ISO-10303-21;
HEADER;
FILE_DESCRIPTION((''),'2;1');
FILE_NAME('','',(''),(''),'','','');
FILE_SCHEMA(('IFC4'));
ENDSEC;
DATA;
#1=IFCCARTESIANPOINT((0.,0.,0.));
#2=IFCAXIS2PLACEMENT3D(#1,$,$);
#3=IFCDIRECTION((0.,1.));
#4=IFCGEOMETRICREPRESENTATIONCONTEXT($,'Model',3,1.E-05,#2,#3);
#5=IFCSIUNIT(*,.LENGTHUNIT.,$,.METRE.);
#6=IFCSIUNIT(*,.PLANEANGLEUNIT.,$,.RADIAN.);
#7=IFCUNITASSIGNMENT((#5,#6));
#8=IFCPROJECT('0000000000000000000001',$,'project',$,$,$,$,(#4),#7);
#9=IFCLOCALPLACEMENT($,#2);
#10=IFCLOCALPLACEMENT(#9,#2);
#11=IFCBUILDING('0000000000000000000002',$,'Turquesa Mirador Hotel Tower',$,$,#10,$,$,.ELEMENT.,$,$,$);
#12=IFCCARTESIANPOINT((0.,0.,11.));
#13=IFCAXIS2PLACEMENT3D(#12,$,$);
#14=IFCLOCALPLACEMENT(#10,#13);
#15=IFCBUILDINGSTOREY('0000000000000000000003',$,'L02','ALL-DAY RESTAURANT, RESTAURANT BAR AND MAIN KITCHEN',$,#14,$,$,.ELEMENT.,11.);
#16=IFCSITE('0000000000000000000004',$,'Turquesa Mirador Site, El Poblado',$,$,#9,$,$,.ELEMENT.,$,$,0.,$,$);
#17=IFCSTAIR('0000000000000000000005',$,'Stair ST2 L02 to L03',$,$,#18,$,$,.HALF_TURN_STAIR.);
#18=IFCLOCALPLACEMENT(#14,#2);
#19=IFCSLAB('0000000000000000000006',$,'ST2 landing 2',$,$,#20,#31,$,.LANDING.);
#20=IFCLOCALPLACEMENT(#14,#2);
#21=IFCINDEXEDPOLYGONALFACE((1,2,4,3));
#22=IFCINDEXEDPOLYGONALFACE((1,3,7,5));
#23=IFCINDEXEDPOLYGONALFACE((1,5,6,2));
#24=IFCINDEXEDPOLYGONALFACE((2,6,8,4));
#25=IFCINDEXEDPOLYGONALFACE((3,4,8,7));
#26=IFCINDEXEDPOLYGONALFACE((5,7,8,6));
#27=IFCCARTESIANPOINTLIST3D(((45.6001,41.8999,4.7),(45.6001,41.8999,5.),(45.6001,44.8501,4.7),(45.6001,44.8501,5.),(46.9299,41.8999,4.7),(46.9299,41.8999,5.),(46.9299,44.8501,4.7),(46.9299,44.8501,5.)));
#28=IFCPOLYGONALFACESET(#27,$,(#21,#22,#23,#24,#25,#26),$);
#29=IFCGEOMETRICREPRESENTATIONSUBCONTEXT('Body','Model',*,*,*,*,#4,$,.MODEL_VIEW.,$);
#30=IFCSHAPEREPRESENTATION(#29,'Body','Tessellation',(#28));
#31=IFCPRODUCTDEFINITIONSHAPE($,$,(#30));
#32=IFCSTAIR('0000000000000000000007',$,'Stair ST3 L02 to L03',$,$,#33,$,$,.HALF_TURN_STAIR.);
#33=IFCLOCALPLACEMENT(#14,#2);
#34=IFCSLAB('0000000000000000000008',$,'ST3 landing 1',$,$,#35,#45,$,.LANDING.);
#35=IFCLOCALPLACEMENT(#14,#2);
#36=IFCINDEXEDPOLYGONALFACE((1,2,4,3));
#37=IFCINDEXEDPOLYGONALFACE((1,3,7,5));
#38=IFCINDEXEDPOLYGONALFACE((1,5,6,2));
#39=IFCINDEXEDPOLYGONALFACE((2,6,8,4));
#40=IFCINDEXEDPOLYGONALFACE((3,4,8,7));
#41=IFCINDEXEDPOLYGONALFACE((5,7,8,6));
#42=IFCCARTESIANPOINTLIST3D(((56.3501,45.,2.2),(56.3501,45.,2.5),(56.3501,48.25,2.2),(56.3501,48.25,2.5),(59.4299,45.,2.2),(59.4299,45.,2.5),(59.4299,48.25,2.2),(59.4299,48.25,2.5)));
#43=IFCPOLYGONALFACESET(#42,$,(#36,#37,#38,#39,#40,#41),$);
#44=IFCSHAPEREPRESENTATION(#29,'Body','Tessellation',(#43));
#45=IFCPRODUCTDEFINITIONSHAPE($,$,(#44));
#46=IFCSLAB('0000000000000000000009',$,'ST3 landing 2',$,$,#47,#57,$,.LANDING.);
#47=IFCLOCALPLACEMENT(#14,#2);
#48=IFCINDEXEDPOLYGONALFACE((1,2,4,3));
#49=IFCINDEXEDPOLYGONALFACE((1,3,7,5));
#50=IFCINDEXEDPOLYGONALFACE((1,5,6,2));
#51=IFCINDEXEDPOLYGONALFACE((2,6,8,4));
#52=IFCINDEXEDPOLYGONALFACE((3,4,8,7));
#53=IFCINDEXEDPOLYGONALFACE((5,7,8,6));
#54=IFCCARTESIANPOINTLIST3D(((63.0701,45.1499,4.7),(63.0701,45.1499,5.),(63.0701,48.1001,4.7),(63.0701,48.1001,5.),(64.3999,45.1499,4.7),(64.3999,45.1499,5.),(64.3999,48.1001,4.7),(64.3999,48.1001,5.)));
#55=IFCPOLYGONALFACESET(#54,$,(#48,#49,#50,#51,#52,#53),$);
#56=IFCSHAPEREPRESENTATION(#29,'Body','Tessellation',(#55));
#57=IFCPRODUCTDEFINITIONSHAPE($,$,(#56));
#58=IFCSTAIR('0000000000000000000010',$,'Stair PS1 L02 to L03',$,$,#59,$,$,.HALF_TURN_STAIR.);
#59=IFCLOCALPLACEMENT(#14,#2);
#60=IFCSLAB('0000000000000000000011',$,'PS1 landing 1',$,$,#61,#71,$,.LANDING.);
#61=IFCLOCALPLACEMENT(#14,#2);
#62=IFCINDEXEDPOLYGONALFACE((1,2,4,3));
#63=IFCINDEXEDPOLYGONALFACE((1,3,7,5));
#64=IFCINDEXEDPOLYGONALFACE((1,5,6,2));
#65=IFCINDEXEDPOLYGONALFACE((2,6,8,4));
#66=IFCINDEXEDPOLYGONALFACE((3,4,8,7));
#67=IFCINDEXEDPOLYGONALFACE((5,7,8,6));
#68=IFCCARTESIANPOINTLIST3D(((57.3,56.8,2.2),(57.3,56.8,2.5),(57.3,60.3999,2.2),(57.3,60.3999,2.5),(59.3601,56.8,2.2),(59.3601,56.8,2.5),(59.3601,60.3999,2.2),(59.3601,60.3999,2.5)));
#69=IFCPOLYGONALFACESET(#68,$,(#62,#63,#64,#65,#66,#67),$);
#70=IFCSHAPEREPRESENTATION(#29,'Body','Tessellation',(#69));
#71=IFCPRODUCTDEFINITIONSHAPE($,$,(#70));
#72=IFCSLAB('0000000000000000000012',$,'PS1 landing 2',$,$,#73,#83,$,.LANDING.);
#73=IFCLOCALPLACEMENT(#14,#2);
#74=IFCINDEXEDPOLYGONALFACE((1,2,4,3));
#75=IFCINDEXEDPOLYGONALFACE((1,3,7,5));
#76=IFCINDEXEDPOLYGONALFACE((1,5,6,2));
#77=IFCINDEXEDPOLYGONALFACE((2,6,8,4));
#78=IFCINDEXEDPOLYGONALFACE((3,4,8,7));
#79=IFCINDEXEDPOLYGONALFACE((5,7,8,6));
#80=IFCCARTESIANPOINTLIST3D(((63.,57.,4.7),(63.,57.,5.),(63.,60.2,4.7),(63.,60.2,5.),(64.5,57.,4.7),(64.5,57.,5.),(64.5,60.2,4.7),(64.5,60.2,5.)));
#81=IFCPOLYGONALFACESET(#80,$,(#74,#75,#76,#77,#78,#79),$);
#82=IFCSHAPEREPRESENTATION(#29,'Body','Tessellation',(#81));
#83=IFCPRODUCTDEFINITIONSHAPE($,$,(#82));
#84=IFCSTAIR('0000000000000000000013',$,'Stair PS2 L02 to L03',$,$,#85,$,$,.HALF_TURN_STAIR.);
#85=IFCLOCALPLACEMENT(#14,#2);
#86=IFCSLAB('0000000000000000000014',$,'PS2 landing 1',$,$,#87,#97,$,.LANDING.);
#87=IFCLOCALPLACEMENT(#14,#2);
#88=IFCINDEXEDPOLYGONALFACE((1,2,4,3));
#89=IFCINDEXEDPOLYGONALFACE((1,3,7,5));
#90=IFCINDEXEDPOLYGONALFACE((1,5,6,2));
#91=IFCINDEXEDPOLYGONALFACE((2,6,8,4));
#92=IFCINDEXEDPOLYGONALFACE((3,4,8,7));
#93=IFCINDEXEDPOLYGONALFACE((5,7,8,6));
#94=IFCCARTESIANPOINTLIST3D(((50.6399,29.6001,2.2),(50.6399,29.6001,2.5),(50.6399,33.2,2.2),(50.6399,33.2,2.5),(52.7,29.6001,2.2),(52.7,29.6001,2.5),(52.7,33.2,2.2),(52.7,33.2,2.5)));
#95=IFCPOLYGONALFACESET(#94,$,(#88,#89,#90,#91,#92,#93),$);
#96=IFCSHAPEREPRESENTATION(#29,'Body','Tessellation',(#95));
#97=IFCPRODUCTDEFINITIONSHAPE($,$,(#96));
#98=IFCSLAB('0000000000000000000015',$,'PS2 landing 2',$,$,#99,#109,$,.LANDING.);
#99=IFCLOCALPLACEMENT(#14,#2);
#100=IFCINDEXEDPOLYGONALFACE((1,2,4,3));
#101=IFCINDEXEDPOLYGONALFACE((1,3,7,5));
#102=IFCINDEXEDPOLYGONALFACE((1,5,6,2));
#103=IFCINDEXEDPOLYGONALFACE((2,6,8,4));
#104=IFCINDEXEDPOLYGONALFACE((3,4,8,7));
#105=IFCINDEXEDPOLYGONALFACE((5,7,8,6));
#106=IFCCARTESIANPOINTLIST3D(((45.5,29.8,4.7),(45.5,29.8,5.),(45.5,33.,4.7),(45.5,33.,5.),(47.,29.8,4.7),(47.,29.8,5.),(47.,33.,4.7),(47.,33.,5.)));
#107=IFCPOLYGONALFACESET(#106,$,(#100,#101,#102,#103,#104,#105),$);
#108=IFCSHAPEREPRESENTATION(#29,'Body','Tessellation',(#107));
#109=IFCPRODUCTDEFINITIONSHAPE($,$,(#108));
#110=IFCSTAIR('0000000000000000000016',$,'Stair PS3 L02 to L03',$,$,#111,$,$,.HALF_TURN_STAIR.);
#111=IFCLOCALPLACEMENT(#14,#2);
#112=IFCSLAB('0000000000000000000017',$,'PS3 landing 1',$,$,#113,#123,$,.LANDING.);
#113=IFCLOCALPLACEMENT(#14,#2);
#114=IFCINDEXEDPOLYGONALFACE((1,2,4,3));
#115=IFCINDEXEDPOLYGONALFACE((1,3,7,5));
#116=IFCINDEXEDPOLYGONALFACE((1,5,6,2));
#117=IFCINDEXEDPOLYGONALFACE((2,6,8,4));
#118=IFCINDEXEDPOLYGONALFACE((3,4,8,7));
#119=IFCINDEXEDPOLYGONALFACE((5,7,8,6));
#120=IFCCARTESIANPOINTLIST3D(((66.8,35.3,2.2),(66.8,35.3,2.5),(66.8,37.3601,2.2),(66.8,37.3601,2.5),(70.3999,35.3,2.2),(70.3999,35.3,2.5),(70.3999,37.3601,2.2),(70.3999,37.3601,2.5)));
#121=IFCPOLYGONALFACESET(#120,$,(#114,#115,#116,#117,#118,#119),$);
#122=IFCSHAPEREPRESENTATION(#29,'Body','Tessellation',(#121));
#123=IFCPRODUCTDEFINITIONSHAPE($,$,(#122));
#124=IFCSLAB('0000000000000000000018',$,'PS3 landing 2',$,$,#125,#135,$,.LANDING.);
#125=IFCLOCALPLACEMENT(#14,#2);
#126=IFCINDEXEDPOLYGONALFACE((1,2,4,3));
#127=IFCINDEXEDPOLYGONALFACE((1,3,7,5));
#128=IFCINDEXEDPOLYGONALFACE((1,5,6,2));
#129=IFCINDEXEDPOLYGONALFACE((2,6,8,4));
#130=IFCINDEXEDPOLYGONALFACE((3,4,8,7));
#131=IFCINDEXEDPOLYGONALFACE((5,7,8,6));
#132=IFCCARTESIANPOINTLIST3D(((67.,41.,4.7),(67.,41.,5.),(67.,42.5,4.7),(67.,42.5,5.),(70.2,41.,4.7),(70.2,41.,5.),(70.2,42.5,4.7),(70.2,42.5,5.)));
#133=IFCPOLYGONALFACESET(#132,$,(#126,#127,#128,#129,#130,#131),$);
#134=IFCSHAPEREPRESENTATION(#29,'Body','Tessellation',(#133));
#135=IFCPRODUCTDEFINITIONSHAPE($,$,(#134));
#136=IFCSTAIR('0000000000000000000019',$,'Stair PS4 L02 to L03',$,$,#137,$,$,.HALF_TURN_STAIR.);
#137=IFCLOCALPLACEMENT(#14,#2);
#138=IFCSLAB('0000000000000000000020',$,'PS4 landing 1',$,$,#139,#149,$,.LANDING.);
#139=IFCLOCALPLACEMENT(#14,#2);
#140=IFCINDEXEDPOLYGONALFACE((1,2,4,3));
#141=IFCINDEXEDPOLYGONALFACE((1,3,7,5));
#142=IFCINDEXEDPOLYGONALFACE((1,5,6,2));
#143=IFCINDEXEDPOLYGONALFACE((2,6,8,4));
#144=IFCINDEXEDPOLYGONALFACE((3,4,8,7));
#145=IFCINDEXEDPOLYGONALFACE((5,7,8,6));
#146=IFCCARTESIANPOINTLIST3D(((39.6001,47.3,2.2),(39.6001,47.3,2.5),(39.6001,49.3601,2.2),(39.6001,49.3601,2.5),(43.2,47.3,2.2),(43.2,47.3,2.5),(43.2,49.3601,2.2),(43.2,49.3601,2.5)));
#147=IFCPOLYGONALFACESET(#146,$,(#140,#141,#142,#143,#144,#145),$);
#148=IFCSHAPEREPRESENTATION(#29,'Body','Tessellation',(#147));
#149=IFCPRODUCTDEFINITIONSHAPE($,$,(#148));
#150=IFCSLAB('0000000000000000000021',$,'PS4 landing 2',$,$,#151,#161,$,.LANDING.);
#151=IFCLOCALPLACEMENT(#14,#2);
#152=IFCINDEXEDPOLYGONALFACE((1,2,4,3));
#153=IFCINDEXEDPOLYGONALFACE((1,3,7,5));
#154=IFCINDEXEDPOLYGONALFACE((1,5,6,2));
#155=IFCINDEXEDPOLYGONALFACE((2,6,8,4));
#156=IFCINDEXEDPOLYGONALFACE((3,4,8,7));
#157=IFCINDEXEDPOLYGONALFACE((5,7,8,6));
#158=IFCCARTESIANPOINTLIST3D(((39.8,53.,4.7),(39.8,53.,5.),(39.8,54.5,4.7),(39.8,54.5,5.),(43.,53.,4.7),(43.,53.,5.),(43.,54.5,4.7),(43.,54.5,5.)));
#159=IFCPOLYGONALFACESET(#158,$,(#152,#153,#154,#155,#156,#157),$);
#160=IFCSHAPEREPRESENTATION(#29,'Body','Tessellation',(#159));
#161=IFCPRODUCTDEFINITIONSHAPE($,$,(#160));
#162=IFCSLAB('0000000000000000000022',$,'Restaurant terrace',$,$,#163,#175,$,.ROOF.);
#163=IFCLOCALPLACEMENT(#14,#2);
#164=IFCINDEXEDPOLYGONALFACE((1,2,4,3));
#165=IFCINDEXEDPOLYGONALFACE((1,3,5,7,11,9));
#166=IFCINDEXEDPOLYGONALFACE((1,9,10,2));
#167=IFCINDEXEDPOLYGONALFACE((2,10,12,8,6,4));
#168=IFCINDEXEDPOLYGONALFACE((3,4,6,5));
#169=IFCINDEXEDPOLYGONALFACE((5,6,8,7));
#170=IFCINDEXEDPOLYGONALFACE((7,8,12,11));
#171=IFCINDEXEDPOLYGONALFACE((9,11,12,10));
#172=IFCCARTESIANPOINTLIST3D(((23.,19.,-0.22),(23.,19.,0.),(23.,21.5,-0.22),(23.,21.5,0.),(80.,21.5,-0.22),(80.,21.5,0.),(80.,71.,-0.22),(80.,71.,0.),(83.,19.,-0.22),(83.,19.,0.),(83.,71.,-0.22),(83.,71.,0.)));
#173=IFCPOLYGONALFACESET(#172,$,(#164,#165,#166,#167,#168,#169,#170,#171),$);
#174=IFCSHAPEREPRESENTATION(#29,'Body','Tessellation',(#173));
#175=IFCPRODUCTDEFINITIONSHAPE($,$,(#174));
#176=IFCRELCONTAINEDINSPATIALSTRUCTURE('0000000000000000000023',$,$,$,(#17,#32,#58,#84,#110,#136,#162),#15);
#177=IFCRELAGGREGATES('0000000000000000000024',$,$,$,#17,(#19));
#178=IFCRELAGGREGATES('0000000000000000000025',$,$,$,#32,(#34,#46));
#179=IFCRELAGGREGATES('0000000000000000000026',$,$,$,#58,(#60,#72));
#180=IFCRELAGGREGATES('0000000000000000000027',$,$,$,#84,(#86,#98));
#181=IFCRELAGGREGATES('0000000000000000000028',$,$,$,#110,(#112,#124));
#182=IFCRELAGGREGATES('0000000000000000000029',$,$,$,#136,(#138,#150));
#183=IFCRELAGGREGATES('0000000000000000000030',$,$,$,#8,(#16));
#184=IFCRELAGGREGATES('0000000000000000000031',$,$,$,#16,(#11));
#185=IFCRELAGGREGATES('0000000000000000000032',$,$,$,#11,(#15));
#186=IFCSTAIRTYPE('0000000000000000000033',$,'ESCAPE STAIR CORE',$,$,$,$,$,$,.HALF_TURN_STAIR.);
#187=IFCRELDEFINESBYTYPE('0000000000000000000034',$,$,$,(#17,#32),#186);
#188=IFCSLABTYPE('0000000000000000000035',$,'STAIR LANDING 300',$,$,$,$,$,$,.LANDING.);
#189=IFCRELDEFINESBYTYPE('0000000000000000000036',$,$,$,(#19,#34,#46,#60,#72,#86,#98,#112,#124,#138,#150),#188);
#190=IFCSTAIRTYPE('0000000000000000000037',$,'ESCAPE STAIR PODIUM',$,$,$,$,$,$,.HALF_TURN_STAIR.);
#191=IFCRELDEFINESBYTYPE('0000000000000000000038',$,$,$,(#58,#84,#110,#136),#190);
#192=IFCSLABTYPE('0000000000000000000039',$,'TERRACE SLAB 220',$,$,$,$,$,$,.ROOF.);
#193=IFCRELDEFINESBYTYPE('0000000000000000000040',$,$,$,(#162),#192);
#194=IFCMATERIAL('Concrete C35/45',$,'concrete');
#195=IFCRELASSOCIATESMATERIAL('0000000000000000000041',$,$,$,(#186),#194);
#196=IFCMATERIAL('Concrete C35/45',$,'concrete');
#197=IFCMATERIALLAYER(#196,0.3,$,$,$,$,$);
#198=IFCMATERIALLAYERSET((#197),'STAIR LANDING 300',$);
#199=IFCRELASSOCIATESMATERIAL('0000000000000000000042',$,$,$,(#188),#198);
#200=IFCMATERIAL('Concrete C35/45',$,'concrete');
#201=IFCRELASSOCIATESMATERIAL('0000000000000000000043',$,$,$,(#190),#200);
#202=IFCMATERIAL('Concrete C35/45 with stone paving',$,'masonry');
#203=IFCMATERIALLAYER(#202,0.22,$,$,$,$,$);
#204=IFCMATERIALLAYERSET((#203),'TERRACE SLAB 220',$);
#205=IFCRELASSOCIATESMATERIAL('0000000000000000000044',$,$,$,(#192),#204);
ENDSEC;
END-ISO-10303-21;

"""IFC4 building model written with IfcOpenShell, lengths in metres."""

from ifc_helpers import new_model, si_unit, direction, frame, origin, place, context, subcontext, project, spatial, polyline, outline, extrude, material, layer, layer_set, type_object, element, aggregate, save


model = new_model("IFC4")

# Units and contexts
model_context = context("Model", 3, precision=1e-05, world=origin(), true_north=direction((0.0, 1.0)))
body_context = subcontext(model_context, "Body", "Model", "MODEL_VIEW")
ifc_project = project(units=[si_unit("LENGTHUNIT", "METRE"), si_unit("PLANEANGLEUNIT", "RADIAN")], contexts=[model_context])

# Site, building, storey
site_placement = place(None, origin())
site = spatial("IfcSite", under=ifc_project, at=site_placement, Name="Turquesa Mirador Site, El Poblado", CompositionType="ELEMENT", RefElevation=0.0)
building_placement = place(site_placement, origin())
building = spatial("IfcBuilding", under=site, at=building_placement, Name="Turquesa Mirador Hotel Tower", CompositionType="ELEMENT")
storey_placement = place(building_placement, frame((0.0, 0.0, 11.0)))
storey = spatial("IfcBuildingStorey", under=building, at=storey_placement, Name="L02", Description="ALL-DAY RESTAURANT, RESTAURANT BAR AND MAIN KITCHEN", CompositionType="ELEMENT", Elevation=11.0)

# Stairs, slabs
ifc_material_1 = material(Name="Concrete C35/45", Category="concrete")
stair_type_1 = type_object("IfcStairType", Name="ESCAPE STAIR CORE", PredefinedType="HALF_TURN_STAIR", material=ifc_material_1)
ifc_material_2 = material(Name="Concrete C35/45", Category="concrete")
ifc_layer_1 = layer(ifc_material_2, 0.3)
ifc_layer_set_1 = layer_set([ifc_layer_1], Name="STAIR LANDING 300")
slab_type_1 = type_object("IfcSlabType", Name="STAIR LANDING 300", PredefinedType="LANDING", material=ifc_layer_set_1)
stair_1_placement = place(storey_placement, origin())
stair_1 = element("IfcStair", 1, at=stair_1_placement, inside=storey, type_object=stair_type_1, Name="Stair ST2 L02 to L03", PredefinedType="HALF_TURN_STAIR")
slab_1_placement = place(storey_placement, frame((0.0, 0.0, 4.7)))
slab_1 = element("IfcSlab", 2, at=slab_1_placement, type_object=slab_type_1, Name="ST2 landing 2", PredefinedType="LANDING", context=body_context, shape_type="SweptSolid", body=[
    extrude(outline(polyline([(46.9299, 44.8501), (45.6001, 44.8501), (45.6001, 41.8999), (46.9299, 41.8999), (46.9299, 44.8501)])), origin(), (0.0, 0.0, 1.0), 0.3),
])
aggregate(stair_1, [slab_1])
stair_2_placement = place(storey_placement, origin())
stair_2 = element("IfcStair", 3, at=stair_2_placement, inside=storey, type_object=stair_type_1, Name="Stair ST3 L02 to L03", PredefinedType="HALF_TURN_STAIR")
slab_2_placement = place(storey_placement, frame((0.0, 0.0, 2.2)))
slab_2 = element("IfcSlab", 4, at=slab_2_placement, type_object=slab_type_1, Name="ST3 landing 1", PredefinedType="LANDING", context=body_context, shape_type="SweptSolid", body=[
    extrude(outline(polyline([(56.3501, 45.0), (59.4299, 45.0), (59.4299, 48.25), (56.3501, 48.25), (56.3501, 45.0)])), origin(), (0.0, 0.0, 1.0), 0.3),
])
slab_3_placement = place(storey_placement, frame((0.0, 0.0, 4.7)))
slab_3 = element("IfcSlab", 5, at=slab_3_placement, type_object=slab_type_1, Name="ST3 landing 2", PredefinedType="LANDING", context=body_context, shape_type="SweptSolid", body=[
    extrude(outline(polyline([(63.0701, 45.1499), (64.3999, 45.1499), (64.3999, 48.1001), (63.0701, 48.1001), (63.0701, 45.1499)])), origin(), (0.0, 0.0, 1.0), 0.3),
])
aggregate(stair_2, [slab_2, slab_3])
ifc_material_3 = material(Name="Concrete C35/45", Category="concrete")
stair_type_2 = type_object("IfcStairType", Name="ESCAPE STAIR PODIUM", PredefinedType="HALF_TURN_STAIR", material=ifc_material_3)
stair_3_placement = place(storey_placement, origin())
stair_3 = element("IfcStair", 6, at=stair_3_placement, inside=storey, type_object=stair_type_2, Name="Stair PS1 L02 to L03", PredefinedType="HALF_TURN_STAIR")
slab_4_placement = place(storey_placement, frame((0.0, 0.0, 2.2)))
slab_4 = element("IfcSlab", 7, at=slab_4_placement, type_object=slab_type_1, Name="PS1 landing 1", PredefinedType="LANDING", context=body_context, shape_type="SweptSolid", body=[
    extrude(outline(polyline([(57.3, 56.8), (59.3601, 56.8), (59.3601, 60.3999), (57.3, 60.3999), (57.3, 56.8)])), origin(), (0.0, 0.0, 1.0), 0.3),
])
slab_5_placement = place(storey_placement, frame((0.0, 0.0, 4.7)))
slab_5 = element("IfcSlab", 8, at=slab_5_placement, type_object=slab_type_1, Name="PS1 landing 2", PredefinedType="LANDING", context=body_context, shape_type="SweptSolid", body=[
    extrude(outline(polyline([(63.0, 57.0), (64.5, 57.0), (64.5, 60.2), (63.0, 60.2), (63.0, 57.0)])), origin(), (0.0, 0.0, 1.0), 0.3),
])
aggregate(stair_3, [slab_4, slab_5])
stair_4_placement = place(storey_placement, origin())
stair_4 = element("IfcStair", 9, at=stair_4_placement, inside=storey, type_object=stair_type_2, Name="Stair PS2 L02 to L03", PredefinedType="HALF_TURN_STAIR")
slab_6_placement = place(storey_placement, frame((0.0, 0.0, 2.2)))
slab_6 = element("IfcSlab", 10, at=slab_6_placement, type_object=slab_type_1, Name="PS2 landing 1", PredefinedType="LANDING", context=body_context, shape_type="SweptSolid", body=[
    extrude(outline(polyline([(52.7, 33.2), (50.6399, 33.2), (50.6399, 29.6001), (52.7, 29.6001), (52.7, 33.2)])), origin(), (0.0, 0.0, 1.0), 0.3),
])
slab_7_placement = place(storey_placement, frame((0.0, 0.0, 4.7)))
slab_7 = element("IfcSlab", 11, at=slab_7_placement, type_object=slab_type_1, Name="PS2 landing 2", PredefinedType="LANDING", context=body_context, shape_type="SweptSolid", body=[
    extrude(outline(polyline([(47.0, 33.0), (45.5, 33.0), (45.5, 29.8), (47.0, 29.8), (47.0, 33.0)])), origin(), (0.0, 0.0, 1.0), 0.3),
])
aggregate(stair_4, [slab_6, slab_7])
stair_5_placement = place(storey_placement, origin())
stair_5 = element("IfcStair", 12, at=stair_5_placement, inside=storey, type_object=stair_type_2, Name="Stair PS3 L02 to L03", PredefinedType="HALF_TURN_STAIR")
slab_8_placement = place(storey_placement, frame((0.0, 0.0, 2.2)))
slab_8 = element("IfcSlab", 13, at=slab_8_placement, type_object=slab_type_1, Name="PS3 landing 1", PredefinedType="LANDING", context=body_context, shape_type="SweptSolid", body=[
    extrude(outline(polyline([(66.8, 35.3), (70.3999, 35.3), (70.3999, 37.3601), (66.8, 37.3601), (66.8, 35.3)])), origin(), (0.0, 0.0, 1.0), 0.3),
])
slab_9_placement = place(storey_placement, frame((0.0, 0.0, 4.7)))
slab_9 = element("IfcSlab", 14, at=slab_9_placement, type_object=slab_type_1, Name="PS3 landing 2", PredefinedType="LANDING", context=body_context, shape_type="SweptSolid", body=[
    extrude(outline(polyline([(67.0, 41.0), (70.2, 41.0), (70.2, 42.5), (67.0, 42.5), (67.0, 41.0)])), origin(), (0.0, 0.0, 1.0), 0.3),
])
aggregate(stair_5, [slab_8, slab_9])
stair_6_placement = place(storey_placement, origin())
stair_6 = element("IfcStair", 15, at=stair_6_placement, inside=storey, type_object=stair_type_2, Name="Stair PS4 L02 to L03", PredefinedType="HALF_TURN_STAIR")
slab_10_placement = place(storey_placement, frame((0.0, 0.0, 2.2)))
slab_10 = element("IfcSlab", 16, at=slab_10_placement, type_object=slab_type_1, Name="PS4 landing 1", PredefinedType="LANDING", context=body_context, shape_type="SweptSolid", body=[
    extrude(outline(polyline([(39.6001, 47.3), (43.2, 47.3), (43.2, 49.3601), (39.6001, 49.3601), (39.6001, 47.3)])), origin(), (0.0, 0.0, 1.0), 0.3),
])
slab_11_placement = place(storey_placement, frame((0.0, 0.0, 4.7)))
slab_11 = element("IfcSlab", 17, at=slab_11_placement, type_object=slab_type_1, Name="PS4 landing 2", PredefinedType="LANDING", context=body_context, shape_type="SweptSolid", body=[
    extrude(outline(polyline([(39.8, 53.0), (43.0, 53.0), (43.0, 54.5), (39.8, 54.5), (39.8, 53.0)])), origin(), (0.0, 0.0, 1.0), 0.3),
])
aggregate(stair_6, [slab_10, slab_11])

# Slab
ifc_material_4 = material(Name="Concrete C35/45 with stone paving", Category="masonry")
ifc_layer_2 = layer(ifc_material_4, 0.22)
ifc_layer_set_2 = layer_set([ifc_layer_2], Name="TERRACE SLAB 220")
slab_type_2 = type_object("IfcSlabType", Name="TERRACE SLAB 220", PredefinedType="ROOF", material=ifc_layer_set_2)
slab_12_placement = place(storey_placement, frame((0.0, 0.0, -0.22)))
element("IfcSlab", 18, at=slab_12_placement, inside=storey, type_object=slab_type_2, Name="Restaurant terrace", PredefinedType="ROOF", context=body_context, shape_type="SweptSolid", body=[
    extrude(outline(polyline([(83.0, 71.0), (83.0, 19.0), (23.0, 19.0), (23.0, 21.5), (80.0, 21.5), (80.0, 71.0), (83.0, 71.0)])), origin(), (0.0, 0.0, 1.0), 0.22),
])

save(model, "model.ifc")
